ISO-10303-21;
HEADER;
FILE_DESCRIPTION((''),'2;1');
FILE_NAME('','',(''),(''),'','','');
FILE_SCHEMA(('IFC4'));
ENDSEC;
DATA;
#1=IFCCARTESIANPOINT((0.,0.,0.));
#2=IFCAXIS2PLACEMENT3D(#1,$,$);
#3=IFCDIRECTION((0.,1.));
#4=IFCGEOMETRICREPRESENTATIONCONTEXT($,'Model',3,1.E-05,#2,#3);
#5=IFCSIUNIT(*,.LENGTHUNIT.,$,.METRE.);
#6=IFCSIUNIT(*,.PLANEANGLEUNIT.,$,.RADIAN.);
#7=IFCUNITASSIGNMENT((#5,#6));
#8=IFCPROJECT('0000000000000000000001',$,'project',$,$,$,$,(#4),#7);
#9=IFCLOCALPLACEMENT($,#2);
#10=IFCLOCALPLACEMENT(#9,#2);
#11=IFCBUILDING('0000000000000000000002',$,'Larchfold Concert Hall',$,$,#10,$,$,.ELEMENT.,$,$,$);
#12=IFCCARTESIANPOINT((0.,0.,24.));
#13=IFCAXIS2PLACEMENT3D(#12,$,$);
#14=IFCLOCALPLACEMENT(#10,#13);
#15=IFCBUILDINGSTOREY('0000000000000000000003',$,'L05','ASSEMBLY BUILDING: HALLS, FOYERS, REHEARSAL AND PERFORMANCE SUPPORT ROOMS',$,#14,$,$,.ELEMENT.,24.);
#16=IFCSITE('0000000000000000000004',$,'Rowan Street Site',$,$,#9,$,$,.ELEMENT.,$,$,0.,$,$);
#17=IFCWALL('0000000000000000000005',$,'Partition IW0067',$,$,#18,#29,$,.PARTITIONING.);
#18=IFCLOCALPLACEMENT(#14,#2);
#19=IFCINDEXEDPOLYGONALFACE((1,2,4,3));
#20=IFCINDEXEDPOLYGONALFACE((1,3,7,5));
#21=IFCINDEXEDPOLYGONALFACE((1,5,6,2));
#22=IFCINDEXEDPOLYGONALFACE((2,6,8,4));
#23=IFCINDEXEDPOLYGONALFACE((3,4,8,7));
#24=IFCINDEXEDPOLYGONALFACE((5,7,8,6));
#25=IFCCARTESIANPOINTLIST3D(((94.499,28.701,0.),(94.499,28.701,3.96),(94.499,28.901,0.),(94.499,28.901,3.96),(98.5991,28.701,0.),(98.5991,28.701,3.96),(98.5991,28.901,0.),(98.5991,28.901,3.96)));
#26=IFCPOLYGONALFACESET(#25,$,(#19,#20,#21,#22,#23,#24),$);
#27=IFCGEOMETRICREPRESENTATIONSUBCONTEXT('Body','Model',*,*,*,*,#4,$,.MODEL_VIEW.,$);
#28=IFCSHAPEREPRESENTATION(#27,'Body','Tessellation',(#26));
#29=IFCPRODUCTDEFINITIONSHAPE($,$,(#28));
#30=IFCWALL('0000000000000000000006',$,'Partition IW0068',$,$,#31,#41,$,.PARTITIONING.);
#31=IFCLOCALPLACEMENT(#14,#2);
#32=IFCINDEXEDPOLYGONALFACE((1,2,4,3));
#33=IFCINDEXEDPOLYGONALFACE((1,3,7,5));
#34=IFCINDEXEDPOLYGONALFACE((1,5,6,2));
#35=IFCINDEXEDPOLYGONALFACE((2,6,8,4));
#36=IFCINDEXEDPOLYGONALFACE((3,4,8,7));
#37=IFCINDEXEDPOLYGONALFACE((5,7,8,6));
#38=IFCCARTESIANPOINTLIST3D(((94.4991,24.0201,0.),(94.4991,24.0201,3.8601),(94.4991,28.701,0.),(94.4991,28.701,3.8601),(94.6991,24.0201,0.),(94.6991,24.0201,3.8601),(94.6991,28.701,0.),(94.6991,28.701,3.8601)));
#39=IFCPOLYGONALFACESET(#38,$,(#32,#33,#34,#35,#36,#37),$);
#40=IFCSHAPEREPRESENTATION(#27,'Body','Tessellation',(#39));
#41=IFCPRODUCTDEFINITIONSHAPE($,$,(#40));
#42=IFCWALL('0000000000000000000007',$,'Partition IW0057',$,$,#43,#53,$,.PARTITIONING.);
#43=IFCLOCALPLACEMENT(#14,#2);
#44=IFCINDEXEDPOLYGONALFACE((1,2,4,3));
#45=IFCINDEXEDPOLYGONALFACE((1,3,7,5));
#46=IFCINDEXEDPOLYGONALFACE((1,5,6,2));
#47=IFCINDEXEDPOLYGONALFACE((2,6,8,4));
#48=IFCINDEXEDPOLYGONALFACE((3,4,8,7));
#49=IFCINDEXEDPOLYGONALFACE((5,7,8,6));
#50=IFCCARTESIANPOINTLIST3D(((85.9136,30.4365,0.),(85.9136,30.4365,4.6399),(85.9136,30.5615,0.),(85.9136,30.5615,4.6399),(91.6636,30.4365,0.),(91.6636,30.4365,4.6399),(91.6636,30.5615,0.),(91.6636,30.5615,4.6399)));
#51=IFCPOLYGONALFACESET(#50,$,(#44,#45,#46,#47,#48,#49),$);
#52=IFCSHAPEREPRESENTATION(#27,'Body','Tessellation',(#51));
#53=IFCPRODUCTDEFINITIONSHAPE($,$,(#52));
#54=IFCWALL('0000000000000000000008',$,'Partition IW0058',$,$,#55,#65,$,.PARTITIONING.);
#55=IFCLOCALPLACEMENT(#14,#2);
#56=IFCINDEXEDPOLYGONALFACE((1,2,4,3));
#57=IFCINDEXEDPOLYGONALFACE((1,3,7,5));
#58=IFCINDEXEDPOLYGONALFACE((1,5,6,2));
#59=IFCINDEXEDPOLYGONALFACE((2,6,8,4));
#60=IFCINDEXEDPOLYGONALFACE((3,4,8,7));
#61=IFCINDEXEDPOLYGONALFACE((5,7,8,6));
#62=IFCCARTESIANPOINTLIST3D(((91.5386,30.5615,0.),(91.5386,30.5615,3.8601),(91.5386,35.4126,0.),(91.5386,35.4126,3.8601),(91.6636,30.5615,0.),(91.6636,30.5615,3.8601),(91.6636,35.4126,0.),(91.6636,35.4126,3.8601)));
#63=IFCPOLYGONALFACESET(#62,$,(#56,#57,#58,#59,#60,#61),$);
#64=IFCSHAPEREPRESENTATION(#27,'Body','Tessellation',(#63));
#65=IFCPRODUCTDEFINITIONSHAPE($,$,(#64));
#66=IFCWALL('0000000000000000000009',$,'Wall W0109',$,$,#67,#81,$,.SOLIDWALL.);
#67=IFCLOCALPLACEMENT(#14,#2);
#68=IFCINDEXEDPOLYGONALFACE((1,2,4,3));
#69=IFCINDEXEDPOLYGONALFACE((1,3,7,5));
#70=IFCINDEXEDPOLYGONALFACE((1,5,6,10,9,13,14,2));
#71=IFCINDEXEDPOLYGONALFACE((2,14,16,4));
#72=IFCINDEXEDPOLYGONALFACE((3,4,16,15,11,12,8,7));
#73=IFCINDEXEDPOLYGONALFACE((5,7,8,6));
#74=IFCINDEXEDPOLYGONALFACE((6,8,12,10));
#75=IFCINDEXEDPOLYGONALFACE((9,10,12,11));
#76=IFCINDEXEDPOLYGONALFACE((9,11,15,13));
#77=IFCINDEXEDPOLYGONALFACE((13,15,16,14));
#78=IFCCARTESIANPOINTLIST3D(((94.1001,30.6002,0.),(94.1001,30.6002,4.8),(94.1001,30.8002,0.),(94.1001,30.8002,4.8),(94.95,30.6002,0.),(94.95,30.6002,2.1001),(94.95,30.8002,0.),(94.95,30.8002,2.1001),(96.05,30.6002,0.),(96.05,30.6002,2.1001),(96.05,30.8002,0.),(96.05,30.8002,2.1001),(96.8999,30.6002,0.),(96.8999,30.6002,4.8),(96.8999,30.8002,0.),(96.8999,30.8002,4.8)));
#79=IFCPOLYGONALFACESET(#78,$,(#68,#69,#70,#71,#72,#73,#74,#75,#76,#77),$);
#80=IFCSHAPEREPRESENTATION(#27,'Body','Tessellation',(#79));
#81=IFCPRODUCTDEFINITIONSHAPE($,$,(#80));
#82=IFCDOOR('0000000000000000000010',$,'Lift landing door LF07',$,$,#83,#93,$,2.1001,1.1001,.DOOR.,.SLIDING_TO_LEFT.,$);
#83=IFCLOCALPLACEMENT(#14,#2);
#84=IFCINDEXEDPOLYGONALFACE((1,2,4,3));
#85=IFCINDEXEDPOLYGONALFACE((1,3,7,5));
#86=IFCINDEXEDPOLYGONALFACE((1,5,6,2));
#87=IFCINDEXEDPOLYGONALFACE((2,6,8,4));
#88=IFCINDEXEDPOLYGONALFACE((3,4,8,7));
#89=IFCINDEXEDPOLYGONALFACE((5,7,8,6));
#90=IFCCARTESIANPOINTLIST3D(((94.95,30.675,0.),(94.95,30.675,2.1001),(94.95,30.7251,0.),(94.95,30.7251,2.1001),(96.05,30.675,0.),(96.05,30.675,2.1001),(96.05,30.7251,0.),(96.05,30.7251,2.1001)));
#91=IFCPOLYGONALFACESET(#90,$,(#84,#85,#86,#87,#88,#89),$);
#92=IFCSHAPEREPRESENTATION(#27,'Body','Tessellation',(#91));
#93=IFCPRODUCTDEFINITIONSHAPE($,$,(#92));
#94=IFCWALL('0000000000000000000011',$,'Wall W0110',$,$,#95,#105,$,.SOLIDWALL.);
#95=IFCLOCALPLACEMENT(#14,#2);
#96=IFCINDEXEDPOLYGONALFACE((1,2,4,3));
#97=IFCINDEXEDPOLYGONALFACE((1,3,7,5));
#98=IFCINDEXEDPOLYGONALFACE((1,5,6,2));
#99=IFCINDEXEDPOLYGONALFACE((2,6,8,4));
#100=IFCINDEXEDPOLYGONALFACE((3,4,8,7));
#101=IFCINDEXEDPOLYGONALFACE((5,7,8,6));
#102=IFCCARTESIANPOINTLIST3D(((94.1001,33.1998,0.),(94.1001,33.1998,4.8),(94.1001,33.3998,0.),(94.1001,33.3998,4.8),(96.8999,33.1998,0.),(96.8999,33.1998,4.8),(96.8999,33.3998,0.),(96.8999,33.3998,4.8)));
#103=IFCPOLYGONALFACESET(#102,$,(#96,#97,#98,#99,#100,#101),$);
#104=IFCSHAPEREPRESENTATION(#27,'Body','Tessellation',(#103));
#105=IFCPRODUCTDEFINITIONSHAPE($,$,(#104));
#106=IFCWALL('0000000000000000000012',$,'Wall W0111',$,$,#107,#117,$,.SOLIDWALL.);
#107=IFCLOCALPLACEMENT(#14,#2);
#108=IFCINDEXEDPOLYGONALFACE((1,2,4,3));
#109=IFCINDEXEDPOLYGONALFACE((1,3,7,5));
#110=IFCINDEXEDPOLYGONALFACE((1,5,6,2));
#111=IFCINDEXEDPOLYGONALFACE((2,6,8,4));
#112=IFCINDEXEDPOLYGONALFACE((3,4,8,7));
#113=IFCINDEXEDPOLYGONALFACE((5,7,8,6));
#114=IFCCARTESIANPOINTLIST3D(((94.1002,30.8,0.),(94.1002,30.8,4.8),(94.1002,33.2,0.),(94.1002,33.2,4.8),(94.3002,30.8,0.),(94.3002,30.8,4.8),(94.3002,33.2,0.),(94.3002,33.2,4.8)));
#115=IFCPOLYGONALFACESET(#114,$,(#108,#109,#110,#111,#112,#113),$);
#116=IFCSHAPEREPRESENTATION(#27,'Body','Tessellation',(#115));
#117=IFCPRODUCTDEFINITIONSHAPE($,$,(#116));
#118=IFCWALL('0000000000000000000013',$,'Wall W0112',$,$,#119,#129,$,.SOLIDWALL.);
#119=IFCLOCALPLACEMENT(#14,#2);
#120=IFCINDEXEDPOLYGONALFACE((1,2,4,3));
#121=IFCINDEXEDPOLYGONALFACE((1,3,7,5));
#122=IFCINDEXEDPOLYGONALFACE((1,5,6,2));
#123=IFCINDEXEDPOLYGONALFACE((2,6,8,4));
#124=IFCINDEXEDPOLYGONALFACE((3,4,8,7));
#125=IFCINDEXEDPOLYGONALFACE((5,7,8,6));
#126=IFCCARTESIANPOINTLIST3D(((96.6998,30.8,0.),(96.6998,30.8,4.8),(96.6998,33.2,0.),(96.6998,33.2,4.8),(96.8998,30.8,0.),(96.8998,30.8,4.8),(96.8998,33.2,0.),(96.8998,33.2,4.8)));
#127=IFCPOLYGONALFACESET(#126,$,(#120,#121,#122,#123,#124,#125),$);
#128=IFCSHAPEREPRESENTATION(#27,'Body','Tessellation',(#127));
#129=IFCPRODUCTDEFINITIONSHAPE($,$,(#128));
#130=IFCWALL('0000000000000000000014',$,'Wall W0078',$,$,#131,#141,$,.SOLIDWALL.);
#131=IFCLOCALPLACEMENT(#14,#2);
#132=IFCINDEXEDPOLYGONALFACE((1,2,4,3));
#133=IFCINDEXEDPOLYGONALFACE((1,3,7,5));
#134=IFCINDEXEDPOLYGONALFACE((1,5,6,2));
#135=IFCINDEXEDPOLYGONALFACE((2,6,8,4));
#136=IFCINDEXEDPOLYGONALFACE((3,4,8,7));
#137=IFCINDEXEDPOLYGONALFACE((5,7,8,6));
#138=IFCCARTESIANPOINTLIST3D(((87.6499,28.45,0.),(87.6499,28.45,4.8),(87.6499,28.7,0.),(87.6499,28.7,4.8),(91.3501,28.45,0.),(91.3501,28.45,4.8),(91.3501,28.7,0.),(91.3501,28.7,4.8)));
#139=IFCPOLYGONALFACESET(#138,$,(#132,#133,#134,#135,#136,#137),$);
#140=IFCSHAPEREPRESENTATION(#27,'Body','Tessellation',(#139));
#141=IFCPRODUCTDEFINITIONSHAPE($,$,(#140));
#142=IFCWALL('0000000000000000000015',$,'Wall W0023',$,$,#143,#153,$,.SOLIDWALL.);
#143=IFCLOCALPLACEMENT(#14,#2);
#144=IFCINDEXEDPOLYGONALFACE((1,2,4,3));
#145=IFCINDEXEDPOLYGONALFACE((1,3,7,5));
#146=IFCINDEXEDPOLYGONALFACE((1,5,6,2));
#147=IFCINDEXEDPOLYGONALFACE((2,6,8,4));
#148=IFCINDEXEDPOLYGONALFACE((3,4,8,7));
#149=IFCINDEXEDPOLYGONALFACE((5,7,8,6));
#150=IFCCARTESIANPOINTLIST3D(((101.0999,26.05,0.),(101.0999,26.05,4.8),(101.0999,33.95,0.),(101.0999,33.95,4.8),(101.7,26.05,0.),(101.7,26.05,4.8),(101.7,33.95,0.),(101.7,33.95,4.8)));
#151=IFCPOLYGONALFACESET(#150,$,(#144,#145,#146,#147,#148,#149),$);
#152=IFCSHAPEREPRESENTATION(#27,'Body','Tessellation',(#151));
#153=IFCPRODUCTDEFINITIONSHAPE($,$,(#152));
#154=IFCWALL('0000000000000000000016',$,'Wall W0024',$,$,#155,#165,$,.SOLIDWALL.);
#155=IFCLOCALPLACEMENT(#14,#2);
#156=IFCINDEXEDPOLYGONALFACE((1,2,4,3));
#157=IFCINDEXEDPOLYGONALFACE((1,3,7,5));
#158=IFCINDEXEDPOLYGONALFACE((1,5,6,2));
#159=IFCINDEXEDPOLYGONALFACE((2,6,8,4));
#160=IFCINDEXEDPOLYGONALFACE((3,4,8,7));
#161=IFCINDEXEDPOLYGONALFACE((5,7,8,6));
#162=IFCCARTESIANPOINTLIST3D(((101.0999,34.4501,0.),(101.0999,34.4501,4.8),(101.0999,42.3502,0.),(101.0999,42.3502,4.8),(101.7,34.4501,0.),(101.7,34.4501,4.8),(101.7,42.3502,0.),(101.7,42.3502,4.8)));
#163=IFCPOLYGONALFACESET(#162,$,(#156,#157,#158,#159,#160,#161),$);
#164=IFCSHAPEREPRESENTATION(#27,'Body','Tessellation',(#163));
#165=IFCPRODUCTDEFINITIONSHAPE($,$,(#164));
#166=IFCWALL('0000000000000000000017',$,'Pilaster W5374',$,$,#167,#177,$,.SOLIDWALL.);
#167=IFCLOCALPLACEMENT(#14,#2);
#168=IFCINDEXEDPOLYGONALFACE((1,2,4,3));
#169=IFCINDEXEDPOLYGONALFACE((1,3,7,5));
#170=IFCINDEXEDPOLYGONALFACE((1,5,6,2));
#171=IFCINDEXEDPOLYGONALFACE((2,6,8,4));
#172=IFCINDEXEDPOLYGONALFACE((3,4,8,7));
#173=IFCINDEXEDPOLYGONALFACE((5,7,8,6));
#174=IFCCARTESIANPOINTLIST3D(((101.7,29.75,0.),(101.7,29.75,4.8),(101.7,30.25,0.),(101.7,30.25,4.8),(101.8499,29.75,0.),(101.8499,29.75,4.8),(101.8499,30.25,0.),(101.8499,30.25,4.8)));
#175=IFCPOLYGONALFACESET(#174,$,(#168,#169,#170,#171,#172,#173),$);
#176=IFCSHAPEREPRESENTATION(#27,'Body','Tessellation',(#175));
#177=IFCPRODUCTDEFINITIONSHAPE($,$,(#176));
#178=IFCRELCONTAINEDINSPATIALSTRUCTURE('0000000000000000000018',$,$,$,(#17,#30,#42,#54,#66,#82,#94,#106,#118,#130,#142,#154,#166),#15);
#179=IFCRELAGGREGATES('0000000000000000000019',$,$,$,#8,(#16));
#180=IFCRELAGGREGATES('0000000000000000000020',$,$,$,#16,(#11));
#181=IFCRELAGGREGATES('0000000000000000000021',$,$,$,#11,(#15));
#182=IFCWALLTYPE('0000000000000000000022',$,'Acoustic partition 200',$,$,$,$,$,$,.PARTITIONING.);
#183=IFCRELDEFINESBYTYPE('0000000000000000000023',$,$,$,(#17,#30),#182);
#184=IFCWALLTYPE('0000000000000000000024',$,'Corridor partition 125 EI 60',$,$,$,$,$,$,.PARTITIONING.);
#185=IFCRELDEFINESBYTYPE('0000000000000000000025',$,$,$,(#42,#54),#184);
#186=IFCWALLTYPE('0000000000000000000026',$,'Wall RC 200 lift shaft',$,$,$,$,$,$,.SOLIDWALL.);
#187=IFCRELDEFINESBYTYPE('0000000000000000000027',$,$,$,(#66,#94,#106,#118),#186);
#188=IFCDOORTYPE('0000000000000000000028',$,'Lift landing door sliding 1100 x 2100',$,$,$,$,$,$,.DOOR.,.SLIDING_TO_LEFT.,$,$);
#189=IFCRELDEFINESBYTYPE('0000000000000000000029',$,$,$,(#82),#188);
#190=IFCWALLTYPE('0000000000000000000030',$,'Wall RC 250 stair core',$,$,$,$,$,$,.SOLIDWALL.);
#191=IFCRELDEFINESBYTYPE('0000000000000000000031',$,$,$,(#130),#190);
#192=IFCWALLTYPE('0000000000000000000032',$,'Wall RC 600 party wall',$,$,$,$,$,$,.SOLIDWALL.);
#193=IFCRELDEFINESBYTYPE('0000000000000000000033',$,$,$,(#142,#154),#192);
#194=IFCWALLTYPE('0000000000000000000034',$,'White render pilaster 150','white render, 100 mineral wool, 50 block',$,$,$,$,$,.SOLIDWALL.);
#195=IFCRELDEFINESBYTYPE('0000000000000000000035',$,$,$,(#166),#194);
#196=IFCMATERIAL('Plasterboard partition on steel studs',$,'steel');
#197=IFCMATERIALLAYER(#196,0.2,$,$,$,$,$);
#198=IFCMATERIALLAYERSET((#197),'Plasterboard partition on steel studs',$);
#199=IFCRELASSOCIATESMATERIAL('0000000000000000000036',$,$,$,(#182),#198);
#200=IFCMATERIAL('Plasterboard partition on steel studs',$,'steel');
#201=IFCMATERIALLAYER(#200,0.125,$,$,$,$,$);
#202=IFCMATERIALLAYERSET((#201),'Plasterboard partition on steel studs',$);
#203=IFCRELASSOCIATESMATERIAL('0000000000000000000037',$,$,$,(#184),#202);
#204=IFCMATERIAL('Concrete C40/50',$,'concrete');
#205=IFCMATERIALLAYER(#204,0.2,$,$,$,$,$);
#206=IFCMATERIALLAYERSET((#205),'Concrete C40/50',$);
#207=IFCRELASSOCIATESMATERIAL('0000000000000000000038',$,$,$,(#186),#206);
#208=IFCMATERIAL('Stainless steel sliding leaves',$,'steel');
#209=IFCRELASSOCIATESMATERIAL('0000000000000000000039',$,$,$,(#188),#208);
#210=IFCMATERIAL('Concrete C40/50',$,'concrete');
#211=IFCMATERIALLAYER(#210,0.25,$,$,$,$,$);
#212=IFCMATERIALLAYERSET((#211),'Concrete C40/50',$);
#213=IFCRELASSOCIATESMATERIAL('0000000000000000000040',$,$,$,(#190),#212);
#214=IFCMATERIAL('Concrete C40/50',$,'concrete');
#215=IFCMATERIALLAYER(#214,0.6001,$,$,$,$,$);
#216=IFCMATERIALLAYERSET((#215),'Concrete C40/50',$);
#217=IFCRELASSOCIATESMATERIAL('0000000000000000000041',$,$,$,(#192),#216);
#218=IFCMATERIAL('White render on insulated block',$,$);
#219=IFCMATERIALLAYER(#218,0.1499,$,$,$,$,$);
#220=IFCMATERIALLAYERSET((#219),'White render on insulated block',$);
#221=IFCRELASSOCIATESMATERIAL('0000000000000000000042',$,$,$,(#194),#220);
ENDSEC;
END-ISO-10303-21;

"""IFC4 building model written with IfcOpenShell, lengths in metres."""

from ifc_helpers import new_model, si_unit, direction, frame, frame_2d, origin, place, context, subcontext, project, spatial, rectangle, extrude, material, layer, layer_set, type_object, element, fill, save


model = new_model("IFC4")

# Units and contexts
model_context = context("Model", 3, precision=1e-05, world=origin(), true_north=direction((0.0, 1.0)))
body_context = subcontext(model_context, "Body", "Model", "MODEL_VIEW")
ifc_project = project(units=[si_unit("LENGTHUNIT", "METRE"), si_unit("PLANEANGLEUNIT", "RADIAN")], contexts=[model_context])

# Site, building, storey
site_placement = place(None, origin())
site = spatial("IfcSite", under=ifc_project, at=site_placement, Name="Rowan Street Site", CompositionType="ELEMENT", RefElevation=0.0)
building_placement = place(site_placement, origin())
building = spatial("IfcBuilding", under=site, at=building_placement, Name="Larchfold Concert Hall", CompositionType="ELEMENT")
storey_placement = place(building_placement, frame((0.0, 0.0, 24.0)))
storey = spatial("IfcBuildingStorey", under=building, at=storey_placement, Name="L05", Description="ASSEMBLY BUILDING: HALLS, FOYERS, REHEARSAL AND PERFORMANCE SUPPORT ROOMS", CompositionType="ELEMENT", Elevation=24.0)

# Shared definitions
ifc_material_1 = material(Name="Plasterboard partition on steel studs", Category="steel")
ifc_layer_1 = layer(ifc_material_1, 0.2)
ifc_layer_set_1 = layer_set([ifc_layer_1], Name="Plasterboard partition on steel studs")
wall_type_1 = type_object("IfcWallType", Name="Acoustic partition 200", PredefinedType="PARTITIONING", material=ifc_layer_set_1)

# Walls
wall_1_placement = place(storey_placement, frame((98.5991, 28.801, 0.0), z_axis=(0.0, 0.0, 1.0), x_axis=(-1.0, 0.0, 0.0)))
element("IfcWall", 1, at=wall_1_placement, inside=storey, type_object=wall_type_1, Name="Partition IW0067", PredefinedType="PARTITIONING", context=body_context, shape_type="SweptSolid", body=[
    extrude(rectangle(XDim=4.1001, YDim=0.2, at=frame_2d((2.05, 0.0))), origin(), (0.0, 0.0, 1.0), 3.96),
])
wall_2_placement = place(storey_placement, frame((94.5991, 28.7009, 0.0), z_axis=(0.0, 0.0, 1.0), x_axis=(0.0, -1.0, 0.0)))
element("IfcWall", 2, at=wall_2_placement, inside=storey, type_object=wall_type_1, Name="Partition IW0068", PredefinedType="PARTITIONING", context=body_context, shape_type="SweptSolid", body=[
    extrude(rectangle(XDim=4.6809, YDim=0.2, at=frame_2d((2.3403, 0.0))), origin(), (0.0, 0.0, 1.0), 3.8601),
])
ifc_material_2 = material(Name="Plasterboard partition on steel studs", Category="steel")
ifc_layer_2 = layer(ifc_material_2, 0.125)
ifc_layer_set_2 = layer_set([ifc_layer_2], Name="Plasterboard partition on steel studs")
wall_type_2 = type_object("IfcWallType", Name="Corridor partition 125 EI 60", PredefinedType="PARTITIONING", material=ifc_layer_set_2)
wall_3_placement = place(storey_placement, frame((85.9136, 30.499, 0.0), z_axis=(0.0, 0.0, 1.0), x_axis=(1.0, 0.0, 0.0)))
element("IfcWall", 3, at=wall_3_placement, inside=storey, type_object=wall_type_2, Name="Partition IW0057", PredefinedType="PARTITIONING", context=body_context, shape_type="SweptSolid", body=[
    extrude(rectangle(XDim=5.75, YDim=0.125, at=frame_2d((2.875, 0.0))), origin(), (0.0, 0.0, 1.0), 4.6399),
])
wall_4_placement = place(storey_placement, frame((91.6011, 30.5615, 0.0), z_axis=(0.0, 0.0, 1.0), x_axis=(0.0, 1.0, 0.0)))
element("IfcWall", 4, at=wall_4_placement, inside=storey, type_object=wall_type_2, Name="Partition IW0058", PredefinedType="PARTITIONING", context=body_context, shape_type="SweptSolid", body=[
    extrude(rectangle(XDim=4.8511, YDim=0.125, at=frame_2d((2.4255, 0.0))), origin(), (0.0, 0.0, 1.0), 3.8601),
])

# Wall, opening, door
ifc_material_3 = material(Name="Concrete C40/50", Category="concrete")
ifc_layer_3 = layer(ifc_material_3, 0.2)
ifc_layer_set_3 = layer_set([ifc_layer_3], Name="Concrete C40/50")
wall_type_3 = type_object("IfcWallType", Name="Wall RC 200 lift shaft", PredefinedType="SOLIDWALL", material=ifc_layer_set_3)
wall_5_placement = place(storey_placement, frame((94.1001, 30.7002, 0.0), z_axis=(0.0, 0.0, 1.0), x_axis=(1.0, 0.0, 0.0)))
wall_5 = element("IfcWall", 5, at=wall_5_placement, inside=storey, type_object=wall_type_3, Name="Wall W0109", PredefinedType="SOLIDWALL", context=body_context, shape_type="SweptSolid", body=[
    extrude(rectangle(XDim=2.7998, YDim=0.2, at=frame_2d((1.3999, 0.0))), origin(), (0.0, 0.0, 1.0), 4.8),
])
opening_1_placement = place(wall_5_placement, frame((0.8499, 0.0, 0.0)))
opening_1 = element("IfcOpeningElement", 6, at=opening_1_placement, cuts=wall_5, PredefinedType="OPENING", context=body_context, shape_type="SweptSolid", body=[
    extrude(rectangle(XDim=1.1001, YDim=2.1001, at=frame_2d((0.55, 1.05))), frame((0.0, 0.1099, 0.0), z_axis=(0.0, -1.0, 0.0), x_axis=(1.0, 0.0, 0.0)), (0.0, 0.0, 1.0), 0.22),
])
ifc_material_4 = material(Name="Stainless steel sliding leaves", Category="steel")
door_type_1 = type_object("IfcDoorType", Name="Lift landing door sliding 1100 x 2100", OperationType="SLIDING_TO_LEFT", PredefinedType="DOOR", material=ifc_material_4)
door_1_placement = place(opening_1_placement, origin())
door_1 = element("IfcDoor", 7, at=door_1_placement, inside=storey, type_object=door_type_1, Name="Lift landing door LF07", OperationType="SLIDING_TO_LEFT", OverallHeight=2.1001, OverallWidth=1.1001, PredefinedType="DOOR", context=body_context, shape_type="SweptSolid", body=[
    extrude(rectangle(XDim=1.1001, YDim=2.1001, at=frame_2d((0.55, 1.05))), frame((0.0, 0.0249, 0.0), z_axis=(0.0, -1.0, 0.0), x_axis=(1.0, 0.0, 0.0)), (0.0, 0.0, 1.0), 0.05),
])
fill(opening_1, door_1)

# Walls
wall_6_placement = place(storey_placement, frame((94.1001, 33.2998, 0.0), z_axis=(0.0, 0.0, 1.0), x_axis=(1.0, 0.0, 0.0)))
element("IfcWall", 8, at=wall_6_placement, inside=storey, type_object=wall_type_3, Name="Wall W0110", PredefinedType="SOLIDWALL", context=body_context, shape_type="SweptSolid", body=[
    extrude(rectangle(XDim=2.7998, YDim=0.2, at=frame_2d((1.3999, 0.0))), origin(), (0.0, 0.0, 1.0), 4.8),
])
for number, where, z_axis, x_axis, name in (
    (9, (94.2002, 30.8, 0.0), (0.0, 0.0, 1.0), (0.0, 1.0, 0.0), "Wall W0111"),
    (10, (96.7998, 30.8, 0.0), (0.0, 0.0, 1.0), (0.0, 1.0, 0.0), "Wall W0112"),
):
    element("IfcWall", number, at=place(storey_placement, frame(where, z_axis=z_axis, x_axis=x_axis)), inside=storey, type_object=wall_type_3, Name=name, PredefinedType="SOLIDWALL", context=body_context, shape_type="SweptSolid", body=[
        extrude(rectangle(XDim=2.3999, YDim=0.2, at=frame_2d((1.2, 0.0))), origin(), (0.0, 0.0, 1.0), 4.8),
    ])
ifc_material_5 = material(Name="Concrete C40/50", Category="concrete")
ifc_layer_4 = layer(ifc_material_5, 0.25)
ifc_layer_set_4 = layer_set([ifc_layer_4], Name="Concrete C40/50")
wall_type_4 = type_object("IfcWallType", Name="Wall RC 250 stair core", PredefinedType="SOLIDWALL", material=ifc_layer_set_4)
wall_7_placement = place(storey_placement, frame((87.6499, 28.575, 0.0), z_axis=(0.0, 0.0, 1.0), x_axis=(1.0, 0.0, 0.0)))
element("IfcWall", 11, at=wall_7_placement, inside=storey, type_object=wall_type_4, Name="Wall W0078", PredefinedType="SOLIDWALL", context=body_context, shape_type="SweptSolid", body=[
    extrude(rectangle(XDim=3.7002, YDim=0.25, at=frame_2d((1.8501, 0.0))), origin(), (0.0, 0.0, 1.0), 4.8),
])
ifc_material_6 = material(Name="Concrete C40/50", Category="concrete")
ifc_layer_5 = layer(ifc_material_6, 0.6001)
ifc_layer_set_5 = layer_set([ifc_layer_5], Name="Concrete C40/50")
wall_type_5 = type_object("IfcWallType", Name="Wall RC 600 party wall", PredefinedType="SOLIDWALL", material=ifc_layer_set_5)
wall_8_placement = place(storey_placement, frame((101.3999, 26.05, 0.0), z_axis=(0.0, 0.0, 1.0), x_axis=(0.0, 1.0, 0.0)))
element("IfcWall", 12, at=wall_8_placement, inside=storey, type_object=wall_type_5, Name="Wall W0023", PredefinedType="SOLIDWALL", context=body_context, shape_type="SweptSolid", body=[
    extrude(rectangle(XDim=7.8999, YDim=0.6001, at=frame_2d((3.95, 0.0))), origin(), (0.0, 0.0, 1.0), 4.8),
])
wall_9_placement = place(storey_placement, frame((101.3999, 34.45, 0.0), z_axis=(0.0, 0.0, 1.0), x_axis=(0.0, 1.0, 0.0)))
element("IfcWall", 13, at=wall_9_placement, inside=storey, type_object=wall_type_5, Name="Wall W0024", PredefinedType="SOLIDWALL", context=body_context, shape_type="SweptSolid", body=[
    extrude(rectangle(XDim=7.9001, YDim=0.6001, at=frame_2d((3.9502, 0.0))), origin(), (0.0, 0.0, 1.0), 4.8),
])
ifc_material_7 = material(Name="White render on insulated block")
ifc_layer_6 = layer(ifc_material_7, 0.1499)
ifc_layer_set_6 = layer_set([ifc_layer_6], Name="White render on insulated block")
wall_type_6 = type_object("IfcWallType", Name="White render pilaster 150", Description="white render, 100 mineral wool, 50 block", PredefinedType="SOLIDWALL", material=ifc_layer_set_6)
wall_10_placement = place(storey_placement, frame((101.7749, 29.75, 0.0), z_axis=(0.0, 0.0, 1.0), x_axis=(0.0, 1.0, 0.0)))
element("IfcWall", 14, at=wall_10_placement, inside=storey, type_object=wall_type_6, Name="Pilaster W5374", PredefinedType="SOLIDWALL", context=body_context, shape_type="SweptSolid", body=[
    extrude(rectangle(XDim=0.5, YDim=0.1499, at=frame_2d((0.25, 0.0))), origin(), (0.0, 0.0, 1.0), 4.8),
])

save(model, "model.ifc")
